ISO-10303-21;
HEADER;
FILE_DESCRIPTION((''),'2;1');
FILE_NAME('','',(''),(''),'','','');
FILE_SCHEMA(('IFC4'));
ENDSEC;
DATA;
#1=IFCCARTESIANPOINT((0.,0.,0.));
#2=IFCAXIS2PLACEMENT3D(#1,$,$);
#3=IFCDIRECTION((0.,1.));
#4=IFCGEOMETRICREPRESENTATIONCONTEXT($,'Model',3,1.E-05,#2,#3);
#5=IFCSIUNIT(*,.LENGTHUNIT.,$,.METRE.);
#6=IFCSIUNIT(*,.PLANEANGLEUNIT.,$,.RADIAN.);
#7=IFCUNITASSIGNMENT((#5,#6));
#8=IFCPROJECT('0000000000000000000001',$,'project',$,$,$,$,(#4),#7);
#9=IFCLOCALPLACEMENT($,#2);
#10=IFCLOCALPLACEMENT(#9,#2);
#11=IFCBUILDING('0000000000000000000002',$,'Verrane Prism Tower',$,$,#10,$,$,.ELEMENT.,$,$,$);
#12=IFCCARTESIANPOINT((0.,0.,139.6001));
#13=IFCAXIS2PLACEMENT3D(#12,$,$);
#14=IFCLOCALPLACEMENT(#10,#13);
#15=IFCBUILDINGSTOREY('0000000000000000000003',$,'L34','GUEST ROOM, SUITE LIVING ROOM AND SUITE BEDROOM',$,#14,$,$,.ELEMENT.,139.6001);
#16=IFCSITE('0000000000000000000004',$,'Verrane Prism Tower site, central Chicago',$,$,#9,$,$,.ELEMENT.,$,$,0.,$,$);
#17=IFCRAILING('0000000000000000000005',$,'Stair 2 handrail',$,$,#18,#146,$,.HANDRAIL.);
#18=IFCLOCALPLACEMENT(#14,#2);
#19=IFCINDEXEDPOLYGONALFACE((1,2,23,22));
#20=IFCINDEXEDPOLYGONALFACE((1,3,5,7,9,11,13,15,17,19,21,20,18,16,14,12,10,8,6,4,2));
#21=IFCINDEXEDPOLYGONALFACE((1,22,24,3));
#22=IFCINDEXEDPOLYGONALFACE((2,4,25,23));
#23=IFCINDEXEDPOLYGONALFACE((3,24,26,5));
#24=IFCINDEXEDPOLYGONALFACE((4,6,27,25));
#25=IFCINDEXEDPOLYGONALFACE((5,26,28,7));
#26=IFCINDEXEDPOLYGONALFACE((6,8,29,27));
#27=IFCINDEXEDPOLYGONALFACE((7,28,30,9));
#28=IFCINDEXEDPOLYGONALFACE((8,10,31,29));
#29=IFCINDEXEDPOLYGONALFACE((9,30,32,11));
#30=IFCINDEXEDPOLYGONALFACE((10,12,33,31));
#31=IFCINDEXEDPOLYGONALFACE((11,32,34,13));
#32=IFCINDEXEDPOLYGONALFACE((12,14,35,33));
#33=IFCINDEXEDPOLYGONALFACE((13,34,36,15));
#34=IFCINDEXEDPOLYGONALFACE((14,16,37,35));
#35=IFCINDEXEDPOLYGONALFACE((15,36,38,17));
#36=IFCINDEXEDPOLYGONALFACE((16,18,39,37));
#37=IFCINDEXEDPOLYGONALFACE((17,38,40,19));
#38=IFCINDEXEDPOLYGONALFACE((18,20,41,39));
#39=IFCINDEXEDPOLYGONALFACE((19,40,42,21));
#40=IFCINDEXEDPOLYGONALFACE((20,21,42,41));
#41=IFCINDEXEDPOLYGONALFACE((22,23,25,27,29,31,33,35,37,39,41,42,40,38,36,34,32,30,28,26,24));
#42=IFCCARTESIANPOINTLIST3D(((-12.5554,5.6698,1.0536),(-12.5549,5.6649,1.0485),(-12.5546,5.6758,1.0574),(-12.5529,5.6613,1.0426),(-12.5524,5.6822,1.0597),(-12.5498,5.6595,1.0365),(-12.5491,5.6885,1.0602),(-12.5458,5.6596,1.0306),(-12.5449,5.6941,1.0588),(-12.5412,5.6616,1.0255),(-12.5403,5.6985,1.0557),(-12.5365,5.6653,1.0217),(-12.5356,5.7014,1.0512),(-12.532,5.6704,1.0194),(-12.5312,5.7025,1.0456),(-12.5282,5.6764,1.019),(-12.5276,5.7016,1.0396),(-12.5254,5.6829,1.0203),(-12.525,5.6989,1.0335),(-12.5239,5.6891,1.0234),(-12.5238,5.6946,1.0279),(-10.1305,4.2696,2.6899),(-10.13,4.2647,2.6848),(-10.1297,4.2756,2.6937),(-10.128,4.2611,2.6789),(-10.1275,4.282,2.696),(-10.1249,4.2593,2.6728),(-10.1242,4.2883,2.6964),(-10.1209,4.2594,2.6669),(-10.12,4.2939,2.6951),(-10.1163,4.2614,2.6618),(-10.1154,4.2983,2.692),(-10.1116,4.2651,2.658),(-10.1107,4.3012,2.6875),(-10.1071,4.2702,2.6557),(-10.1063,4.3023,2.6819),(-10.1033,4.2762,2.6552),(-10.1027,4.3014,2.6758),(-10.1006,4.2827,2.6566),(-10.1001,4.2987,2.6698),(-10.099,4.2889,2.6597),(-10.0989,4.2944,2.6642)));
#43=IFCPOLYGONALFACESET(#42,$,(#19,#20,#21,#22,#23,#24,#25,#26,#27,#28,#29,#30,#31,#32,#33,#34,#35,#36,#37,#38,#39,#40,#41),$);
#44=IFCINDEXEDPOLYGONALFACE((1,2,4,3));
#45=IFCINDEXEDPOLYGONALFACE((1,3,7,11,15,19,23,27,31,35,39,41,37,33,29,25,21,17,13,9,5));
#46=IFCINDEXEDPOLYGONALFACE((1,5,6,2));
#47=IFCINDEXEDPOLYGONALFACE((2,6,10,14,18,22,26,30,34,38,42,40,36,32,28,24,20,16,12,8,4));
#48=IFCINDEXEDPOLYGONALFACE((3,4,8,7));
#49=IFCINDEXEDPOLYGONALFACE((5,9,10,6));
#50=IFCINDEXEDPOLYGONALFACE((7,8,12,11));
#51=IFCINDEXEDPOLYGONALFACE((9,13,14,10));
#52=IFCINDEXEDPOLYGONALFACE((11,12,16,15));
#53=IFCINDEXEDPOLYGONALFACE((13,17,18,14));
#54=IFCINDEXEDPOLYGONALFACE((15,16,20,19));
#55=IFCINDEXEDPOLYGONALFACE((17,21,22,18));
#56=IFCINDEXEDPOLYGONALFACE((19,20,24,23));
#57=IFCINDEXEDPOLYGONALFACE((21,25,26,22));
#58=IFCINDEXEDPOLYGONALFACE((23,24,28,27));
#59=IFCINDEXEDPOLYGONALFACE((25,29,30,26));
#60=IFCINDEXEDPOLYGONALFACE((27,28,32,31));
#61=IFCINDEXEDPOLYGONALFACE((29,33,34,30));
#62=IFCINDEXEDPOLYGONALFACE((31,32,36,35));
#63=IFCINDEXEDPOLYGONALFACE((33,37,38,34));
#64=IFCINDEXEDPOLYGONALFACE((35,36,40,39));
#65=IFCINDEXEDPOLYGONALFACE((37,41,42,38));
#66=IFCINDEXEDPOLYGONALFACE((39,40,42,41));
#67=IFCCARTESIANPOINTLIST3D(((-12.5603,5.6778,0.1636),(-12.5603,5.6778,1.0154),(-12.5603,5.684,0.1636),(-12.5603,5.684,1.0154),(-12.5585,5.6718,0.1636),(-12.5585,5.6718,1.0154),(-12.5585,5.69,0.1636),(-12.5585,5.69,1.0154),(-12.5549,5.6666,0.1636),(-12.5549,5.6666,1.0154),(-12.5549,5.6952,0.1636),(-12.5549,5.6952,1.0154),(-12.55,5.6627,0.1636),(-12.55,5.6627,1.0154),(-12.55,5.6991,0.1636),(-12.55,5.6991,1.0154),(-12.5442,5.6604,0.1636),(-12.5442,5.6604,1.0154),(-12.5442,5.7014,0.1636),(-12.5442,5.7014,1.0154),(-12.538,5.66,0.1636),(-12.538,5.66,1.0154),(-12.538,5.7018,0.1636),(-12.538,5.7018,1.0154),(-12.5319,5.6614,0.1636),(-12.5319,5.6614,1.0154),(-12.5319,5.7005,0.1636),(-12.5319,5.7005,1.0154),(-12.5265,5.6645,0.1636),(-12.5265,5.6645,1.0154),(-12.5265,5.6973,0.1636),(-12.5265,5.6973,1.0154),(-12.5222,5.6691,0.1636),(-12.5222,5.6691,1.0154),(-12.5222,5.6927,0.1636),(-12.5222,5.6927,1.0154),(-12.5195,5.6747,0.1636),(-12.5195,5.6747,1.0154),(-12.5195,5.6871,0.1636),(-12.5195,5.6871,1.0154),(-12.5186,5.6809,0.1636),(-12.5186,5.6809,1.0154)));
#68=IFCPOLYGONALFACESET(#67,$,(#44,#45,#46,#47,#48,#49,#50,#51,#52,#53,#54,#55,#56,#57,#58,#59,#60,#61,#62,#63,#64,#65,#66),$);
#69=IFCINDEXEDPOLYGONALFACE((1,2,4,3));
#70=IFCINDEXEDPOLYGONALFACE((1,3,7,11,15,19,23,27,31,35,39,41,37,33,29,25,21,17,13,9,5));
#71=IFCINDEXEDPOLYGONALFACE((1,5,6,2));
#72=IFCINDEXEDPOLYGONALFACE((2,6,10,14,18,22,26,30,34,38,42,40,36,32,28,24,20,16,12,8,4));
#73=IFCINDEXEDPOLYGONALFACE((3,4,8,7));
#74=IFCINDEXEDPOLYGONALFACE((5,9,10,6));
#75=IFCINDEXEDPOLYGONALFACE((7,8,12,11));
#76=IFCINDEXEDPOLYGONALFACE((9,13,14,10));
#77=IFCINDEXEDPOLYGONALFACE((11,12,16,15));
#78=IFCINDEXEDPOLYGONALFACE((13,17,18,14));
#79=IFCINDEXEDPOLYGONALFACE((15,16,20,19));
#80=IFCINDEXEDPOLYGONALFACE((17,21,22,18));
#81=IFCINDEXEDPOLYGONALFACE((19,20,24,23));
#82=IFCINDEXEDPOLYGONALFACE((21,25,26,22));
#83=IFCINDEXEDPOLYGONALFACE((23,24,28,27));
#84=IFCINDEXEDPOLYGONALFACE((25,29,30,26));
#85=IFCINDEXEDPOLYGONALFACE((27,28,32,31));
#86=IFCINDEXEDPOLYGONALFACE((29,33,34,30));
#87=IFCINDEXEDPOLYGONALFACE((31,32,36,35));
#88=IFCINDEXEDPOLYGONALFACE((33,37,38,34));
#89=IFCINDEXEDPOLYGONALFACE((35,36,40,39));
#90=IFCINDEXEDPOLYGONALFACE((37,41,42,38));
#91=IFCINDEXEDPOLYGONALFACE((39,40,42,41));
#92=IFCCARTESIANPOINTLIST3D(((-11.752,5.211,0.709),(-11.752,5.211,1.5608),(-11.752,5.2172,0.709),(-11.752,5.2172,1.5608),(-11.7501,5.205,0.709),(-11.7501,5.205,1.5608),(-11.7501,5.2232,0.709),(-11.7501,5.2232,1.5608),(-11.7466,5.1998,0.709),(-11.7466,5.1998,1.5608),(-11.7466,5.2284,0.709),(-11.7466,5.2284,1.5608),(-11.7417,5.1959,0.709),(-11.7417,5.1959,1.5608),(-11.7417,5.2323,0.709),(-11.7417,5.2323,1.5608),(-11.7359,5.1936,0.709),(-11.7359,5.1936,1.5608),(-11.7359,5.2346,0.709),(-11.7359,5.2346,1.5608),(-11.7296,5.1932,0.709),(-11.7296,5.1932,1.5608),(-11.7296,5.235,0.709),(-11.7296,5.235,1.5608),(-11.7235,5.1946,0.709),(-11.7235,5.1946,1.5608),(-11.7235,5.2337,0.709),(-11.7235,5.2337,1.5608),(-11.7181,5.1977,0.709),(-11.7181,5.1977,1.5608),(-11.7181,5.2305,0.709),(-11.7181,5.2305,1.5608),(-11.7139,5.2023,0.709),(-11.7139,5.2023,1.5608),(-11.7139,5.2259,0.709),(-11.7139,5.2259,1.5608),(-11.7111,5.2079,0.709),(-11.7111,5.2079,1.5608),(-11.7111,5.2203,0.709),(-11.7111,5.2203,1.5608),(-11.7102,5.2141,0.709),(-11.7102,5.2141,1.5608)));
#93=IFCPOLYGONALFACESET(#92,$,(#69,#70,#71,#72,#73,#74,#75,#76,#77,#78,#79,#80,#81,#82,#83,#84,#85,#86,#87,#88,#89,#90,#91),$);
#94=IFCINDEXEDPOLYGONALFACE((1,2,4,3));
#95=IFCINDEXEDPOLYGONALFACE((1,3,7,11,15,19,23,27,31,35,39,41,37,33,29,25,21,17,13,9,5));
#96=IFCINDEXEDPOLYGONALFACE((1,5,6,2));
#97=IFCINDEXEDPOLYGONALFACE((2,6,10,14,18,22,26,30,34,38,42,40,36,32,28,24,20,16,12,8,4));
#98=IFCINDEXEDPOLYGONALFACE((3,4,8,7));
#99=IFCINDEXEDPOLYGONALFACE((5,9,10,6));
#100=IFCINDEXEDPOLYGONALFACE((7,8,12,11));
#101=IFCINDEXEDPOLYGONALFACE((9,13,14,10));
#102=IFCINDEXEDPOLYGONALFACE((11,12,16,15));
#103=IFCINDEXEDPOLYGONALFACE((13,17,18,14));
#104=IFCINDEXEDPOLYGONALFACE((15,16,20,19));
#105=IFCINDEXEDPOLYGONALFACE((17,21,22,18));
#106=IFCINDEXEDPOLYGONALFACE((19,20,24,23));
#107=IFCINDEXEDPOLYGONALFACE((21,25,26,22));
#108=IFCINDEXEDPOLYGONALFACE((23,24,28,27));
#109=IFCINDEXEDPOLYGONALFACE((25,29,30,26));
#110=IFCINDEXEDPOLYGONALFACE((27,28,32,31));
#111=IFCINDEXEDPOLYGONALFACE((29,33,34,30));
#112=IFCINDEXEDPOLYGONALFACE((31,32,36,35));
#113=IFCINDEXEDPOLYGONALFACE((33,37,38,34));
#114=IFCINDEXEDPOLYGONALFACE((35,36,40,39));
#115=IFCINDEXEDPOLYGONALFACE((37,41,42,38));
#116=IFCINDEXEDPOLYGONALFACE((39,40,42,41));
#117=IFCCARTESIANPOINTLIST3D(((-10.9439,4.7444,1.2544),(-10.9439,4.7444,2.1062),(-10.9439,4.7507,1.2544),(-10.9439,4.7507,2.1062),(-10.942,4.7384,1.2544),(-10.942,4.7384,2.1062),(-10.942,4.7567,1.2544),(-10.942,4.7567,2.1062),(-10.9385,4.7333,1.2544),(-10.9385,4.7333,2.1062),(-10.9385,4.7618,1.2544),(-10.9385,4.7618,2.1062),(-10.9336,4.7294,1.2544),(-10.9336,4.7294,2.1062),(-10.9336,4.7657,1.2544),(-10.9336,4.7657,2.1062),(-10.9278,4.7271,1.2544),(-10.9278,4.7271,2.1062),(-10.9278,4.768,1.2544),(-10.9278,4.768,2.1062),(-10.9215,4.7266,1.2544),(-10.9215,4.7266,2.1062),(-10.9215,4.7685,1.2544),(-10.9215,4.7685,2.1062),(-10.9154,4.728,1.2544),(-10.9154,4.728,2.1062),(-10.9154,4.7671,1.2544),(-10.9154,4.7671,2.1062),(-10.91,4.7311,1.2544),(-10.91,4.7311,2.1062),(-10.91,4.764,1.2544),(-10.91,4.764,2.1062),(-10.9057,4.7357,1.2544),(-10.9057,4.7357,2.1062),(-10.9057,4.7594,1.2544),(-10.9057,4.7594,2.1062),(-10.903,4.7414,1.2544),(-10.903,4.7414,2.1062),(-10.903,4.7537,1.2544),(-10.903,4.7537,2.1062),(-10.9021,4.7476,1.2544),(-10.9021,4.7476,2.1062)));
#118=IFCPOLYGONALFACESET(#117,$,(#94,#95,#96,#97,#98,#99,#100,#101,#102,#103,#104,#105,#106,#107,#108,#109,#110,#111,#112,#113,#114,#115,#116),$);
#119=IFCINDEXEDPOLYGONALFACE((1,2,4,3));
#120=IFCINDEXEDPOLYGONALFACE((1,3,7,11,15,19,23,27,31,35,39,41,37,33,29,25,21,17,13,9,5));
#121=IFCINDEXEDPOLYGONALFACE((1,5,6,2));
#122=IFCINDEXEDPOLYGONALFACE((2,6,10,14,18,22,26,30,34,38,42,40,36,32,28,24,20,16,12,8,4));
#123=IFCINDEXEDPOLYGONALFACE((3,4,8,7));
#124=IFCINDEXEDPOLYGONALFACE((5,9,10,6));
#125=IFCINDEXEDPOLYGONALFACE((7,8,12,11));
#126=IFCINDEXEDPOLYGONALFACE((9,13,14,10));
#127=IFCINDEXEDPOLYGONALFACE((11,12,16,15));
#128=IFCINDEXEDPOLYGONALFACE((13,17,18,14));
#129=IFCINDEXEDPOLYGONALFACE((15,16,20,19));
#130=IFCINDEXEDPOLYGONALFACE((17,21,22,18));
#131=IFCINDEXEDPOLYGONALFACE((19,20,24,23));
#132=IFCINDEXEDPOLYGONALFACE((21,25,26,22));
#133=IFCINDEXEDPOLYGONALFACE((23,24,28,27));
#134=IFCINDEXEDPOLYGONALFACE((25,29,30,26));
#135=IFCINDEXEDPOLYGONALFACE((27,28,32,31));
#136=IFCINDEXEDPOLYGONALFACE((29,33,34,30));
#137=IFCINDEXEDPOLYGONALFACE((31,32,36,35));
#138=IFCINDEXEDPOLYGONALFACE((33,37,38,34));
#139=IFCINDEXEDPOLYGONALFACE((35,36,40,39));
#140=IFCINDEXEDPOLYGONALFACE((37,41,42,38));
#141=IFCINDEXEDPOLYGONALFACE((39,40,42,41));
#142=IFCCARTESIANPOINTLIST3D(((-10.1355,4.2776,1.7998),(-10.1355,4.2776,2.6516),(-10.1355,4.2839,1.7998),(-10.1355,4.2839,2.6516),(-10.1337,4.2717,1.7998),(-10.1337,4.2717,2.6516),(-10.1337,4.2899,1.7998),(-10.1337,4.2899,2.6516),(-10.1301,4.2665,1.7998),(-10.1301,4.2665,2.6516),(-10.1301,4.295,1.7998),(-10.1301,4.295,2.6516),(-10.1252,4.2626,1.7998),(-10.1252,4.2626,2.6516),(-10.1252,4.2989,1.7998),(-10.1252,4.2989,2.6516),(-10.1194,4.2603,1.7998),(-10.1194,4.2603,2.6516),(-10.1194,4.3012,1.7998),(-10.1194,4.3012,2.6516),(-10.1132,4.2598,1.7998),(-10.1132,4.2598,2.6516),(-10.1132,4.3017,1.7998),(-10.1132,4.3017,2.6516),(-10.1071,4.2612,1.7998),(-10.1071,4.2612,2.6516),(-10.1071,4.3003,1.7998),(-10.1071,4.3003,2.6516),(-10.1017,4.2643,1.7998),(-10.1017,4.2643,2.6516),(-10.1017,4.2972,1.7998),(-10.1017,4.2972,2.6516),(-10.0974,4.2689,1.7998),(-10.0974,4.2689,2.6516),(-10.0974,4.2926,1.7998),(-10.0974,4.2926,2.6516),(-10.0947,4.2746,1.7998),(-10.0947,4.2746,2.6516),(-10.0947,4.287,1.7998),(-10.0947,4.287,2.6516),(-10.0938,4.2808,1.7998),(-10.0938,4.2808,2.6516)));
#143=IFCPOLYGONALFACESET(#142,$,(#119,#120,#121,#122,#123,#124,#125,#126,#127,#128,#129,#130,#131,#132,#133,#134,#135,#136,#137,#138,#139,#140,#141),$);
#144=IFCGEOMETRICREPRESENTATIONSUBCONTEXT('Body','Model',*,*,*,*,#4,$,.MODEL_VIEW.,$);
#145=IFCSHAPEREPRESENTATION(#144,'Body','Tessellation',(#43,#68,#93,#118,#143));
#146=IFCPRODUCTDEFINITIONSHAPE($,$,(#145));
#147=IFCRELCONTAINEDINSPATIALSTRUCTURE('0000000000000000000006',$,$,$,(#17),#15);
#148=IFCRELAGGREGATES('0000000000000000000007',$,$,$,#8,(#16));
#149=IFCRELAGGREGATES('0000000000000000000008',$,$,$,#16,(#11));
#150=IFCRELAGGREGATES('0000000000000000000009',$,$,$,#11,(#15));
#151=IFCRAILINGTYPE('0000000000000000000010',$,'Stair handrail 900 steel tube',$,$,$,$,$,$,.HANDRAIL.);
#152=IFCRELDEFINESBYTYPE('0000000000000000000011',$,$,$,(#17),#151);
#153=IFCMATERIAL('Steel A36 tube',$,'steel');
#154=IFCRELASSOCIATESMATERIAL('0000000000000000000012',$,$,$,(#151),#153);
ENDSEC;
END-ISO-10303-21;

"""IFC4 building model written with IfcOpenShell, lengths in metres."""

from ifc_helpers import new_model, si_unit, direction, frame, origin, origin_2d, place, context, subcontext, project, spatial, circle, extrude, material, type_object, element, save


model = new_model("IFC4")

# Units and contexts
model_context = context("Model", 3, precision=1e-05, world=origin(), true_north=direction((0.0, 1.0)))
body_context = subcontext(model_context, "Body", "Model", "MODEL_VIEW")
ifc_project = project(units=[si_unit("LENGTHUNIT", "METRE"), si_unit("PLANEANGLEUNIT", "RADIAN")], contexts=[model_context])

# Site, building, storey
site_placement = place(None, origin())
site = spatial("IfcSite", under=ifc_project, at=site_placement, Name="Verrane Prism Tower site, central Chicago", CompositionType="ELEMENT", RefElevation=0.0)
building_placement = place(site_placement, origin())
building = spatial("IfcBuilding", under=site, at=building_placement, Name="Verrane Prism Tower", CompositionType="ELEMENT")
storey_placement = place(building_placement, frame((0.0, 0.0, 139.6001)))
storey = spatial("IfcBuildingStorey", under=building, at=storey_placement, Name="L34", Description="GUEST ROOM, SUITE LIVING ROOM AND SUITE BEDROOM", CompositionType="ELEMENT", Elevation=139.6001)

# Railing
ifc_material_1 = material(Name="Steel A36 tube", Category="steel")
railing_type_1 = type_object("IfcRailingType", Name="Stair handrail 900 steel tube", PredefinedType="HANDRAIL", material=ifc_material_1)
railing_1_placement = place(storey_placement, frame((-12.5396, 5.6809, 0.1636)))
element("IfcRailing", 1, at=railing_1_placement, inside=storey, type_object=railing_type_1, Name="Stair 2 handrail", PredefinedType="HANDRAIL", context=body_context, shape_type="SweptSolid", body=[
    extrude(circle(Radius=0.0239, at=origin_2d()), frame((0.0, 0.0, 0.876), z_axis=(0.747694, -0.431738, 0.504535), x_axis=(0.50005, 0.865997, 0.0)), (0.0, 0.0, 1.0), 3.2432),
    extrude(circle(Radius=0.021, at=origin_2d()), origin(), (0.0, 0.0, 1.0), 0.8518),
    extrude(circle(Radius=0.021, at=origin_2d()), frame((0.8083, -0.4668, 0.5454)), (0.0, 0.0, 1.0), 0.8518),
    extrude(circle(Radius=0.021, at=origin_2d()), frame((1.6165, -0.9333, 1.0908)), (0.0, 0.0, 1.0), 0.8518),
    extrude(circle(Radius=0.021, at=origin_2d()), frame((2.4248, -1.4001, 1.6362)), (0.0, 0.0, 1.0), 0.8518),
])

save(model, "model.ifc")
